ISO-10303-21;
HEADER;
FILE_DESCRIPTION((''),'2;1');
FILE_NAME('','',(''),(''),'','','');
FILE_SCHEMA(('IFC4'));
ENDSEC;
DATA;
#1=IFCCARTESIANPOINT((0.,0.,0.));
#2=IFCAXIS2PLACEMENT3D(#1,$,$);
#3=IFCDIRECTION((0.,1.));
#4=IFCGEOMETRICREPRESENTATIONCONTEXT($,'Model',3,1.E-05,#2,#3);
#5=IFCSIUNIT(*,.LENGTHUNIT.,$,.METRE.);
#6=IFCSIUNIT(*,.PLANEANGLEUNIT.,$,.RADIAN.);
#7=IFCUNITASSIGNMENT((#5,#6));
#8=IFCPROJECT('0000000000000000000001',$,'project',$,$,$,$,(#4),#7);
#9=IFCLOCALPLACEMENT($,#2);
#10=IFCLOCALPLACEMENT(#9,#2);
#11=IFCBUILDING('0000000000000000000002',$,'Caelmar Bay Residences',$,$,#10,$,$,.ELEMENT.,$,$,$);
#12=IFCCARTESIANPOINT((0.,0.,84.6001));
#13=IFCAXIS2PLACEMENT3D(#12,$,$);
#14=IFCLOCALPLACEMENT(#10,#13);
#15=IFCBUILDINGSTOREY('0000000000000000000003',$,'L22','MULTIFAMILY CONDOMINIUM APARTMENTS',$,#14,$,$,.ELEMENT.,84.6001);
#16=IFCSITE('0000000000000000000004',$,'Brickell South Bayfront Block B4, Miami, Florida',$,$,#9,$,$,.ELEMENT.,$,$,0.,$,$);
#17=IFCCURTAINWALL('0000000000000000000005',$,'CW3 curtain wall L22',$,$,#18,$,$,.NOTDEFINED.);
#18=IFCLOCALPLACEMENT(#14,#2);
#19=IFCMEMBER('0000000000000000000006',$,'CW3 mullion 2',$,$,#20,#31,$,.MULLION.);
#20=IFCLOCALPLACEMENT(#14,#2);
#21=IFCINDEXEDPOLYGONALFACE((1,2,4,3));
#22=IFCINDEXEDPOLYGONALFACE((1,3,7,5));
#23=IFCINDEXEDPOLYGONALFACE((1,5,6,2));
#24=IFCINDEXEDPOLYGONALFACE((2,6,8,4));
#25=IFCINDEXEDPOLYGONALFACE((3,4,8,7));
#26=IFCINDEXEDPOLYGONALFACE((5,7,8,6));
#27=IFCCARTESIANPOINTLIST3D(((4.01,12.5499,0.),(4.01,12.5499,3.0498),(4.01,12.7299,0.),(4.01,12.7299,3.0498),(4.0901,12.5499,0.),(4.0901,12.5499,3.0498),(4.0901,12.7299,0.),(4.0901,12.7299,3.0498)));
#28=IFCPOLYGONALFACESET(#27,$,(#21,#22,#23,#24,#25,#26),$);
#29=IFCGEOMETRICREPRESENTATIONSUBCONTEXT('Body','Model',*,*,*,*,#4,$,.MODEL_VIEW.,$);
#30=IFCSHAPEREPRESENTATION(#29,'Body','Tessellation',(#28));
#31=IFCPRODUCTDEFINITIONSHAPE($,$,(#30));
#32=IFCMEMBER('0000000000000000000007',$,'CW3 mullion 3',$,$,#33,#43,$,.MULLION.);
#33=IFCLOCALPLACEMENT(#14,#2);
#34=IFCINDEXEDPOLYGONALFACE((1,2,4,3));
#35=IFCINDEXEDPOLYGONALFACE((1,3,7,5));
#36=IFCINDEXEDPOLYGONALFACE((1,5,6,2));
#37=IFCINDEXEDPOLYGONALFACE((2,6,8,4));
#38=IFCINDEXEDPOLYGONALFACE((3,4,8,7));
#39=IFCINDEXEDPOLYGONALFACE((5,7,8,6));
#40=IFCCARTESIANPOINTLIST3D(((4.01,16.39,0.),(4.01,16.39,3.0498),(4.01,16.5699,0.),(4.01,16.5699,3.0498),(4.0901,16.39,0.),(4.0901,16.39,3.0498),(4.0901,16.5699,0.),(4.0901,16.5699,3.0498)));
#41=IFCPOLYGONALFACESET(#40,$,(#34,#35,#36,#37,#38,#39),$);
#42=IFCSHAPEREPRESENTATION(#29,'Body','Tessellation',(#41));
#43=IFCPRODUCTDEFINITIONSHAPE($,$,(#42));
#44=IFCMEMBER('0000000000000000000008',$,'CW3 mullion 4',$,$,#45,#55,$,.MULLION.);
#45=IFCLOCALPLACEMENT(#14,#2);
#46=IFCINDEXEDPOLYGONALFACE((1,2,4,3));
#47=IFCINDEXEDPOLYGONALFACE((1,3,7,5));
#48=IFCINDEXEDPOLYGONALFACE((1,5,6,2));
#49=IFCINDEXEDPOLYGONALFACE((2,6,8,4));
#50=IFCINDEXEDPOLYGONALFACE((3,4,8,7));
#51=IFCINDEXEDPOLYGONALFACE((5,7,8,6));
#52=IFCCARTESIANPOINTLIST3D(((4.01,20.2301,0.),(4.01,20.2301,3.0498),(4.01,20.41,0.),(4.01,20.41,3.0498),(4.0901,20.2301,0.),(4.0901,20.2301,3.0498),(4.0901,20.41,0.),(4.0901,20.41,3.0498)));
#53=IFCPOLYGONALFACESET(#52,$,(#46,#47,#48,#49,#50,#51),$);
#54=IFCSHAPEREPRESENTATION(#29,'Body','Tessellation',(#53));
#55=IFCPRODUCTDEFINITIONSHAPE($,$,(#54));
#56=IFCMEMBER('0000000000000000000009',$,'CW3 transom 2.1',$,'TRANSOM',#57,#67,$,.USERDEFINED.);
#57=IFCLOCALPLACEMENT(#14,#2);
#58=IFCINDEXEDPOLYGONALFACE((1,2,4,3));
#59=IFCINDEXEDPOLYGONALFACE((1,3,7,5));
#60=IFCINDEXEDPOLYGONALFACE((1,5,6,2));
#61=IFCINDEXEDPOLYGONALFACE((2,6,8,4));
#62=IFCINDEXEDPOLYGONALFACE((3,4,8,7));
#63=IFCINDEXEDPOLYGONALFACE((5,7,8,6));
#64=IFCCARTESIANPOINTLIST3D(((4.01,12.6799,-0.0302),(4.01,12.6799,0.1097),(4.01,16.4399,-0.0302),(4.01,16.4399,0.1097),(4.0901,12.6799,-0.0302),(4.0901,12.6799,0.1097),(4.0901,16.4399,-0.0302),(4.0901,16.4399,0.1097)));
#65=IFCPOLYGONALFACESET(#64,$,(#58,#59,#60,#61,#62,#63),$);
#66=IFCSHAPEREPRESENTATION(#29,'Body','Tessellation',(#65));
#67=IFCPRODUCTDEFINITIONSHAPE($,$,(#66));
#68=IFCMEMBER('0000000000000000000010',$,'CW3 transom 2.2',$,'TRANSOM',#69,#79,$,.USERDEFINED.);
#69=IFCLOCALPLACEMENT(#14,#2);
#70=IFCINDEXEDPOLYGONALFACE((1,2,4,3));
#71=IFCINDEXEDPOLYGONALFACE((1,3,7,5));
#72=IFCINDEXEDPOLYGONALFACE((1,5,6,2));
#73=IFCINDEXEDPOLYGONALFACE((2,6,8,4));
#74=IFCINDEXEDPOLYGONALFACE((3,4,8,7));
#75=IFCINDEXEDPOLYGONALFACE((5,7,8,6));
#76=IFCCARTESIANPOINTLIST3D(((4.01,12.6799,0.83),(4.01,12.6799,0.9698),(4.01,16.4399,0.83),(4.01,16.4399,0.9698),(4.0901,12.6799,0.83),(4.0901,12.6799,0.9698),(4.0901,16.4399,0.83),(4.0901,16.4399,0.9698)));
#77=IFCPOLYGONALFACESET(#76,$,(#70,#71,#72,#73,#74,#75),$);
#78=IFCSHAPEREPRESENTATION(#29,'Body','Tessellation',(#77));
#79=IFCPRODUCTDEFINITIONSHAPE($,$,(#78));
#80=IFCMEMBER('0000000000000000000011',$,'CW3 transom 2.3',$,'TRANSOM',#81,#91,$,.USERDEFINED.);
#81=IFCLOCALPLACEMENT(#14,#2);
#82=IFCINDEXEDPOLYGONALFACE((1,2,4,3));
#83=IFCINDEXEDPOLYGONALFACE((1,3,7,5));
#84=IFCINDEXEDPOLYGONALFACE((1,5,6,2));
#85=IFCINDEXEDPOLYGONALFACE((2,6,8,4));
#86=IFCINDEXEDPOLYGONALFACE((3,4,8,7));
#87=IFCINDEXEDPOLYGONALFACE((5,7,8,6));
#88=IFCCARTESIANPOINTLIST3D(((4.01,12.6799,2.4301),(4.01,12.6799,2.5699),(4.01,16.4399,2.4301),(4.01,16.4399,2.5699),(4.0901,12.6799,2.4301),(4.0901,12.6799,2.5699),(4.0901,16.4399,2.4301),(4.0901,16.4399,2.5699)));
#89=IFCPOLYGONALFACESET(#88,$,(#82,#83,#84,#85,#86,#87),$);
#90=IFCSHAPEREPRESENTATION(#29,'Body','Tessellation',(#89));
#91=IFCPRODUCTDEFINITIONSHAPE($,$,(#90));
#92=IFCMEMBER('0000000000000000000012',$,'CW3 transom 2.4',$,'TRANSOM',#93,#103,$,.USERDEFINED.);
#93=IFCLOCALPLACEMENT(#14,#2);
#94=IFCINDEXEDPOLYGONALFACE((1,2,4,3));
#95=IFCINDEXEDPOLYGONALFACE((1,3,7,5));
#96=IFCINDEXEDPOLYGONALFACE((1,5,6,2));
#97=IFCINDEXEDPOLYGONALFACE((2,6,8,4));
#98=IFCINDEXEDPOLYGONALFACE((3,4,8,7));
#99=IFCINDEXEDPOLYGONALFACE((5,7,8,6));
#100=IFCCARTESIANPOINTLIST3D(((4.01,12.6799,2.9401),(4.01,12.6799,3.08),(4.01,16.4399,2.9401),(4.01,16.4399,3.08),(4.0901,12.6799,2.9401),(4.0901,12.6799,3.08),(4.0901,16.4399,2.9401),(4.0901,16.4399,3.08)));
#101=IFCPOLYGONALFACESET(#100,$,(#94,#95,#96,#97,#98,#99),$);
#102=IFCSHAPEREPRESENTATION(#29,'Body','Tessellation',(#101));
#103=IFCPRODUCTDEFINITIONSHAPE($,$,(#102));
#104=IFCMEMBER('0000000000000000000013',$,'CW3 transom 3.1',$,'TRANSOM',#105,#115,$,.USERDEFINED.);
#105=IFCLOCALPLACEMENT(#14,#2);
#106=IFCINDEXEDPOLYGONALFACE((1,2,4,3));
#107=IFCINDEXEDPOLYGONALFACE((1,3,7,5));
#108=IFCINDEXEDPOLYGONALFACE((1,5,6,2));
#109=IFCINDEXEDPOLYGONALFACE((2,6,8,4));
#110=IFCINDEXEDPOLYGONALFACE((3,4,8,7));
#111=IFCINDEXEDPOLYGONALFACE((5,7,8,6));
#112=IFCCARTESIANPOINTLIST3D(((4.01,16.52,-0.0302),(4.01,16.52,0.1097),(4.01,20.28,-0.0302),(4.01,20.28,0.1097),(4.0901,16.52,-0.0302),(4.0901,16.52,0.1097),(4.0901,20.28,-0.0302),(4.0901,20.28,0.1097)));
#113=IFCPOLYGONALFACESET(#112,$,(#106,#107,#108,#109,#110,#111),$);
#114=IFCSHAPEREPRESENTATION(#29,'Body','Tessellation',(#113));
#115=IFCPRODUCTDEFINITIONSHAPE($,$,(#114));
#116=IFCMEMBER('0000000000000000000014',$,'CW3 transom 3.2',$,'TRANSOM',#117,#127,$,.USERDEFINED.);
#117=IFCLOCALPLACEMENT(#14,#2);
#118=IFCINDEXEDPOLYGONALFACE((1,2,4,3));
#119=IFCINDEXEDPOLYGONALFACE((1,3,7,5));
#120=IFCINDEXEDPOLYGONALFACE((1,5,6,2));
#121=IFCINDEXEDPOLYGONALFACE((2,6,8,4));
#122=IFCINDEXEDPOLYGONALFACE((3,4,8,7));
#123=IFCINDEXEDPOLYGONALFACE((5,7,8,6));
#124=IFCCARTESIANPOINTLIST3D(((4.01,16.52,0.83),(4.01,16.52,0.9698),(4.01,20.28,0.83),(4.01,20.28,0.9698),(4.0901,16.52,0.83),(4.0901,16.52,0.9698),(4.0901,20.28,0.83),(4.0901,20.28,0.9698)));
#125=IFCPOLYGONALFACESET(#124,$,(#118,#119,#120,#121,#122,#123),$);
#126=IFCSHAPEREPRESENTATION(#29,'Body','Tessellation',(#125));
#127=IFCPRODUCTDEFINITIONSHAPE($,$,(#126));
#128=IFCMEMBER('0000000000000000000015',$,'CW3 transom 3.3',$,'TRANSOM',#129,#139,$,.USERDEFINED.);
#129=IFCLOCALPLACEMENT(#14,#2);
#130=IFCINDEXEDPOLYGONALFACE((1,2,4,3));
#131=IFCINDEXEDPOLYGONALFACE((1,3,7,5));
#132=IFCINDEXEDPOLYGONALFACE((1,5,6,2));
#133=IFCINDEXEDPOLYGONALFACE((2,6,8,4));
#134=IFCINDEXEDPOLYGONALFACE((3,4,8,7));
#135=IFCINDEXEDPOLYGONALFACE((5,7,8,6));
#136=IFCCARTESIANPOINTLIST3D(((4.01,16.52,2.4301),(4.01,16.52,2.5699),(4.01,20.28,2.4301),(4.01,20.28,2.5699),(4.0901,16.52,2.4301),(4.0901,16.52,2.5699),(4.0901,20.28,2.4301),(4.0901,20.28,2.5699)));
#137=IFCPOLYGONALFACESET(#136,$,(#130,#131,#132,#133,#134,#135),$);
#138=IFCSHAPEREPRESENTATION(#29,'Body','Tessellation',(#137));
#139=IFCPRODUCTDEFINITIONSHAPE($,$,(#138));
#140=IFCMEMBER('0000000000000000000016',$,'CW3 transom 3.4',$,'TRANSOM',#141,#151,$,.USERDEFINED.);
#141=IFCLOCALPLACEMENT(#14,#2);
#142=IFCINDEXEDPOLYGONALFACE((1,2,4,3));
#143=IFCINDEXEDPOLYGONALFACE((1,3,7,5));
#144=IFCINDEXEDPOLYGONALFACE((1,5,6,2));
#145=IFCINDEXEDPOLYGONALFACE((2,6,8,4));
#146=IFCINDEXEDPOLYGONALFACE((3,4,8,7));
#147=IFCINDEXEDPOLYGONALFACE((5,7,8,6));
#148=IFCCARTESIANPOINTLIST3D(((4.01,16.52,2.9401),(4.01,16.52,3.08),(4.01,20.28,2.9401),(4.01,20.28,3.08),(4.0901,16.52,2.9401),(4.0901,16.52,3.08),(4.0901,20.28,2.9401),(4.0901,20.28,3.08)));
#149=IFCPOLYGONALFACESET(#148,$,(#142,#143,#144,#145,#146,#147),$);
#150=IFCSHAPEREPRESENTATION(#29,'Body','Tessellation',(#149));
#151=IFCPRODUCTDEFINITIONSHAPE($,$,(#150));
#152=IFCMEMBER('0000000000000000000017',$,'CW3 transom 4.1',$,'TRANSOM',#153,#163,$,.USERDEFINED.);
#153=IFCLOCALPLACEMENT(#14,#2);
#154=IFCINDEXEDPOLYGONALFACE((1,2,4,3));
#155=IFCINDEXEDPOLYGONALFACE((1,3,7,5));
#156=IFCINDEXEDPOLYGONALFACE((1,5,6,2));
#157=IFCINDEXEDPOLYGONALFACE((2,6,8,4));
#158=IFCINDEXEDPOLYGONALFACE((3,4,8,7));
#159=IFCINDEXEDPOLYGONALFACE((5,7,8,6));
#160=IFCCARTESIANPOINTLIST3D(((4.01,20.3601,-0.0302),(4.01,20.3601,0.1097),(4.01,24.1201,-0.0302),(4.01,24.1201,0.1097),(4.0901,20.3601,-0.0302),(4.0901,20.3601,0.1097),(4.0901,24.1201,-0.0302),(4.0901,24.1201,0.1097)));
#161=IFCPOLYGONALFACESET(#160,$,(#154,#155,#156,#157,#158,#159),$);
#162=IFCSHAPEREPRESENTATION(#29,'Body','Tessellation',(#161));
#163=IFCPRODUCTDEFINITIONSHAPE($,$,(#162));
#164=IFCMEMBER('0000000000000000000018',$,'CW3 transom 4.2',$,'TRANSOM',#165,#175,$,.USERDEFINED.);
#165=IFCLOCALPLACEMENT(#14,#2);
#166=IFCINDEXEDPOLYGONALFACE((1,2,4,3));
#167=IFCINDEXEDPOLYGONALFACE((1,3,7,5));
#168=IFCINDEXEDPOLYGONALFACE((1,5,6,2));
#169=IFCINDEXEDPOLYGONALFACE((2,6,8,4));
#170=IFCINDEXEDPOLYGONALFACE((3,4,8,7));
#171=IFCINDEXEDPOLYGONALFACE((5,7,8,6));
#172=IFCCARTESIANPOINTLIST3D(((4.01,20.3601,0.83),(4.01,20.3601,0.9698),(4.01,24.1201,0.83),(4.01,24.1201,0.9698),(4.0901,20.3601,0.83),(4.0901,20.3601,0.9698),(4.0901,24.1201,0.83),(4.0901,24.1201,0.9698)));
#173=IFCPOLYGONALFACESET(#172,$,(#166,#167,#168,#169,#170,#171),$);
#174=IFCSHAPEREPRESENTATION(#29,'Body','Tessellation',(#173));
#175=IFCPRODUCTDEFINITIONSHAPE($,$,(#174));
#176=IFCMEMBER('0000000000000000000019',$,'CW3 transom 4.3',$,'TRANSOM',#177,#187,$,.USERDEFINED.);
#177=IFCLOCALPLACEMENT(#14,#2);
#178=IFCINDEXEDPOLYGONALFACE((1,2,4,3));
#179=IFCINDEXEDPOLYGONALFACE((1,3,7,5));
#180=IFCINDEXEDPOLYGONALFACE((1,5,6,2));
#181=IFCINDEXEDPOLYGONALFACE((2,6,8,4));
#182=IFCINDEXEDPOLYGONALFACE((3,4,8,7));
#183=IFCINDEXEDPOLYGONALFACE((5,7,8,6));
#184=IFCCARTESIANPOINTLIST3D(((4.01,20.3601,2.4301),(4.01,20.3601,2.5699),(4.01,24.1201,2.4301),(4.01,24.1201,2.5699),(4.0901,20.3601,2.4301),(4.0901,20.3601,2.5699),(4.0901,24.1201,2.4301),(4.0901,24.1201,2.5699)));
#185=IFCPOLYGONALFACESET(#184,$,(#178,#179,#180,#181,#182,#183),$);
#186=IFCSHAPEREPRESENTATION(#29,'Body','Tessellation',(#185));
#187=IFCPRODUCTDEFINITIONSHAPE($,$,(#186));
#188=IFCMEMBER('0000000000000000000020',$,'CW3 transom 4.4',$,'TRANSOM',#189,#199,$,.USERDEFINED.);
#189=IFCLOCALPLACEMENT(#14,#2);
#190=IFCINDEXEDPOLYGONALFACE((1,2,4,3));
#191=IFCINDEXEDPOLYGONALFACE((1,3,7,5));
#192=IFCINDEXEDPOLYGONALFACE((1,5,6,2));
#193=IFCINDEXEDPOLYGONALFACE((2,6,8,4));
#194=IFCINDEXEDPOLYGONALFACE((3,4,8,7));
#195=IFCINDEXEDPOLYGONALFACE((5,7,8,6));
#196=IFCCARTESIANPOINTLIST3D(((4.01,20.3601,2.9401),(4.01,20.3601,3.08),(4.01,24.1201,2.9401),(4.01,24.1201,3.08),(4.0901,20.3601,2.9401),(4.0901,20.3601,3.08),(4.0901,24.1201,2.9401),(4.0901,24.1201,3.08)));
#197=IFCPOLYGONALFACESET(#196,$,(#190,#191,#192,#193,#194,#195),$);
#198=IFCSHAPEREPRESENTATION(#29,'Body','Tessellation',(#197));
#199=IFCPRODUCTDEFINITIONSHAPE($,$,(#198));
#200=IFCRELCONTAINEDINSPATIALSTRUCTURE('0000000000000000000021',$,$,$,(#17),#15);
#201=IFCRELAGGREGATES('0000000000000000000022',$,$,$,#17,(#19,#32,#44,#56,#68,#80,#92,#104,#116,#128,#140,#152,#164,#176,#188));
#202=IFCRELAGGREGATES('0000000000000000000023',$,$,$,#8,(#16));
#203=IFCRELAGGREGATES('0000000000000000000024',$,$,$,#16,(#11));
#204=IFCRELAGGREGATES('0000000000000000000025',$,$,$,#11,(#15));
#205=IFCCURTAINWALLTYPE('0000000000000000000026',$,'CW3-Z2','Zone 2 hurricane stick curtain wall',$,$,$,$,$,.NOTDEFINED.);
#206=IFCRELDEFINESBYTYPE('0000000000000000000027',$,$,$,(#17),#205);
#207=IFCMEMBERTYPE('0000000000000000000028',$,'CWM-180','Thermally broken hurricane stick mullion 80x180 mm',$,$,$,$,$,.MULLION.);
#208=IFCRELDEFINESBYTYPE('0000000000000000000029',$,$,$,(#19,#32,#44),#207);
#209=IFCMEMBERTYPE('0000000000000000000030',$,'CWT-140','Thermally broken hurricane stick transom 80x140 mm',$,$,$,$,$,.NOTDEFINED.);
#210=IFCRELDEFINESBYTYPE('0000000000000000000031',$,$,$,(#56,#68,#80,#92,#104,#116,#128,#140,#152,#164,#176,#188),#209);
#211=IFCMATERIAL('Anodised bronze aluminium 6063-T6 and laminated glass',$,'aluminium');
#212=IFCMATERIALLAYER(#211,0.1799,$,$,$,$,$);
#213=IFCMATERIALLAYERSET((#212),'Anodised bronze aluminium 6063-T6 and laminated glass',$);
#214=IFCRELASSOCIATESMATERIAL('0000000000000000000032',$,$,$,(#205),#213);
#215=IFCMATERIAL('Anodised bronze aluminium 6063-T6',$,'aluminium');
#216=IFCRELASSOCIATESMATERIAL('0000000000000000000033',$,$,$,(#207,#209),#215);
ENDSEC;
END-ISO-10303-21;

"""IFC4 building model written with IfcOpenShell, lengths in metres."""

from ifc_helpers import new_model, si_unit, direction, frame, origin, origin_2d, place, context, subcontext, project, spatial, rectangle, extrude, material, layer, layer_set, material_profile, profile_set, type_object, element, aggregate, save


model = new_model("IFC4")

# Units and contexts
model_context = context("Model", 3, precision=1e-05, world=origin(), true_north=direction((0.0, 1.0)))
body_context = subcontext(model_context, "Body", "Model", "MODEL_VIEW")
ifc_project = project(units=[si_unit("LENGTHUNIT", "METRE"), si_unit("PLANEANGLEUNIT", "RADIAN")], contexts=[model_context])

# Site, building, storey
site_placement = place(None, origin())
site = spatial("IfcSite", under=ifc_project, at=site_placement, Name="Brickell South Bayfront Block B4, Miami, Florida", CompositionType="ELEMENT", RefElevation=0.0)
building_placement = place(site_placement, origin())
building = spatial("IfcBuilding", under=site, at=building_placement, Name="Caelmar Bay Residences", CompositionType="ELEMENT")
storey_placement = place(building_placement, frame((0.0, 0.0, 84.6001)))
storey = spatial("IfcBuildingStorey", under=building, at=storey_placement, Name="L22", Description="MULTIFAMILY CONDOMINIUM APARTMENTS", CompositionType="ELEMENT", Elevation=84.6001)

# Curtain wall, members
ifc_material_1 = material(Name="Anodised bronze aluminium 6063-T6 and laminated glass", Category="aluminium")
ifc_layer_1 = layer(ifc_material_1, 0.1799)
ifc_layer_set_1 = layer_set([ifc_layer_1], Name="Anodised bronze aluminium 6063-T6 and laminated glass")
curtain_wall_type = type_object("IfcCurtainWallType", Name="CW3-Z2", Description="Zone 2 hurricane stick curtain wall", PredefinedType="NOTDEFINED", material=ifc_layer_set_1)
curtain_wall_placement = place(storey_placement, origin())
curtain_wall = element("IfcCurtainWall", 1, at=curtain_wall_placement, inside=storey, type_object=curtain_wall_type, Name="CW3 curtain wall L22", PredefinedType="NOTDEFINED")
ifc_material_2 = material(Name="Anodised bronze aluminium 6063-T6", Category="aluminium")
ifc_material_profile_1 = material_profile(ifc_material_2, rectangle(XDim=0.0801, YDim=0.1799, at=origin_2d()), Name="CWM-80X180")
ifc_profile_set_1 = profile_set([ifc_material_profile_1], Name="Anodised bronze aluminium 6063-T6")
member_type_1 = type_object("IfcMemberType", Name="CWM-180", Description="Thermally broken hurricane stick mullion 80x180 mm", PredefinedType="MULLION", material=ifc_profile_set_1)
member_1_placement = place(storey_placement, frame((4.05, 12.6399, 0.0), z_axis=(0.0, 0.0, 1.0), x_axis=(-1.0, 0.0, 0.0)))
member_1 = element("IfcMember", 2, at=member_1_placement, type_object=member_type_1, Name="CW3 mullion 2", PredefinedType="MULLION", context=body_context, shape_type="SweptSolid", body=[
    extrude(rectangle(XDim=0.0801, YDim=0.1799, at=origin_2d()), origin(), (0.0, 0.0, 1.0), 3.0498),
])
member_2_placement = place(storey_placement, frame((4.05, 16.48, 0.0), z_axis=(0.0, 0.0, 1.0), x_axis=(-1.0, 0.0, 0.0)))
member_2 = element("IfcMember", 3, at=member_2_placement, type_object=member_type_1, Name="CW3 mullion 3", PredefinedType="MULLION", context=body_context, shape_type="SweptSolid", body=[
    extrude(rectangle(XDim=0.0801, YDim=0.1799, at=origin_2d()), origin(), (0.0, 0.0, 1.0), 3.0498),
])
member_3_placement = place(storey_placement, frame((4.05, 20.3201, 0.0), z_axis=(0.0, 0.0, 1.0), x_axis=(-1.0, 0.0, 0.0)))
member_3 = element("IfcMember", 4, at=member_3_placement, type_object=member_type_1, Name="CW3 mullion 4", PredefinedType="MULLION", context=body_context, shape_type="SweptSolid", body=[
    extrude(rectangle(XDim=0.0801, YDim=0.1799, at=origin_2d()), origin(), (0.0, 0.0, 1.0), 3.0498),
])
ifc_material_profile_2 = material_profile(ifc_material_2, rectangle(XDim=0.0801, YDim=0.1399, at=origin_2d()), Name="CWT-80X140")
ifc_profile_set_2 = profile_set([ifc_material_profile_2], Name="Anodised bronze aluminium 6063-T6")
member_type_2 = type_object("IfcMemberType", Name="CWT-140", Description="Thermally broken hurricane stick transom 80x140 mm", PredefinedType="NOTDEFINED", material=ifc_profile_set_2)
member_4_placement = place(storey_placement, frame((4.05, 12.6799, 0.0398), z_axis=(0.0, 1.0, 0.0), x_axis=(-1.0, 0.0, 0.0)))
member_4 = element("IfcMember", 5, at=member_4_placement, type_object=member_type_2, Name="CW3 transom 2.1", ObjectType="TRANSOM", PredefinedType="USERDEFINED", context=body_context, shape_type="SweptSolid", body=[
    extrude(rectangle(XDim=0.0801, YDim=0.1399, at=origin_2d()), origin(), (0.0, 0.0, 1.0), 3.76),
])
member_5_placement = place(storey_placement, frame((4.05, 12.6799, 0.8999), z_axis=(0.0, 1.0, 0.0), x_axis=(-1.0, 0.0, 0.0)))
member_5 = element("IfcMember", 6, at=member_5_placement, type_object=member_type_2, Name="CW3 transom 2.2", ObjectType="TRANSOM", PredefinedType="USERDEFINED", context=body_context, shape_type="SweptSolid", body=[
    extrude(rectangle(XDim=0.0801, YDim=0.1399, at=origin_2d()), origin(), (0.0, 0.0, 1.0), 3.76),
])
member_6_placement = place(storey_placement, frame((4.05, 12.6799, 2.5), z_axis=(0.0, 1.0, 0.0), x_axis=(-1.0, 0.0, 0.0)))
member_6 = element("IfcMember", 7, at=member_6_placement, type_object=member_type_2, Name="CW3 transom 2.3", ObjectType="TRANSOM", PredefinedType="USERDEFINED", context=body_context, shape_type="SweptSolid", body=[
    extrude(rectangle(XDim=0.0801, YDim=0.1399, at=origin_2d()), origin(), (0.0, 0.0, 1.0), 3.76),
])
member_7_placement = place(storey_placement, frame((4.05, 12.6799, 3.01), z_axis=(0.0, 1.0, 0.0), x_axis=(-1.0, 0.0, 0.0)))
member_7 = element("IfcMember", 8, at=member_7_placement, type_object=member_type_2, Name="CW3 transom 2.4", ObjectType="TRANSOM", PredefinedType="USERDEFINED", context=body_context, shape_type="SweptSolid", body=[
    extrude(rectangle(XDim=0.0801, YDim=0.1399, at=origin_2d()), origin(), (0.0, 0.0, 1.0), 3.76),
])
member_8_placement = place(storey_placement, frame((4.05, 16.52, 0.0398), z_axis=(0.0, 1.0, 0.0), x_axis=(-1.0, 0.0, 0.0)))
member_8 = element("IfcMember", 9, at=member_8_placement, type_object=member_type_2, Name="CW3 transom 3.1", ObjectType="TRANSOM", PredefinedType="USERDEFINED", context=body_context, shape_type="SweptSolid", body=[
    extrude(rectangle(XDim=0.0801, YDim=0.1399, at=origin_2d()), origin(), (0.0, 0.0, 1.0), 3.76),
])
member_9_placement = place(storey_placement, frame((4.05, 16.52, 0.8999), z_axis=(0.0, 1.0, 0.0), x_axis=(-1.0, 0.0, 0.0)))
member_9 = element("IfcMember", 10, at=member_9_placement, type_object=member_type_2, Name="CW3 transom 3.2", ObjectType="TRANSOM", PredefinedType="USERDEFINED", context=body_context, shape_type="SweptSolid", body=[
    extrude(rectangle(XDim=0.0801, YDim=0.1399, at=origin_2d()), origin(), (0.0, 0.0, 1.0), 3.76),
])
member_10_placement = place(storey_placement, frame((4.05, 16.52, 2.5), z_axis=(0.0, 1.0, 0.0), x_axis=(-1.0, 0.0, 0.0)))
member_10 = element("IfcMember", 11, at=member_10_placement, type_object=member_type_2, Name="CW3 transom 3.3", ObjectType="TRANSOM", PredefinedType="USERDEFINED", context=body_context, shape_type="SweptSolid", body=[
    extrude(rectangle(XDim=0.0801, YDim=0.1399, at=origin_2d()), origin(), (0.0, 0.0, 1.0), 3.76),
])
member_11_placement = place(storey_placement, frame((4.05, 16.52, 3.01), z_axis=(0.0, 1.0, 0.0), x_axis=(-1.0, 0.0, 0.0)))
member_11 = element("IfcMember", 12, at=member_11_placement, type_object=member_type_2, Name="CW3 transom 3.4", ObjectType="TRANSOM", PredefinedType="USERDEFINED", context=body_context, shape_type="SweptSolid", body=[
    extrude(rectangle(XDim=0.0801, YDim=0.1399, at=origin_2d()), origin(), (0.0, 0.0, 1.0), 3.76),
])
member_12_placement = place(storey_placement, frame((4.05, 20.3601, 0.0398), z_axis=(0.0, 1.0, 0.0), x_axis=(-1.0, 0.0, 0.0)))
member_12 = element("IfcMember", 13, at=member_12_placement, type_object=member_type_2, Name="CW3 transom 4.1", ObjectType="TRANSOM", PredefinedType="USERDEFINED", context=body_context, shape_type="SweptSolid", body=[
    extrude(rectangle(XDim=0.0801, YDim=0.1399, at=origin_2d()), origin(), (0.0, 0.0, 1.0), 3.76),
])
member_13_placement = place(storey_placement, frame((4.05, 20.3601, 0.8999), z_axis=(0.0, 1.0, 0.0), x_axis=(-1.0, 0.0, 0.0)))
member_13 = element("IfcMember", 14, at=member_13_placement, type_object=member_type_2, Name="CW3 transom 4.2", ObjectType="TRANSOM", PredefinedType="USERDEFINED", context=body_context, shape_type="SweptSolid", body=[
    extrude(rectangle(XDim=0.0801, YDim=0.1399, at=origin_2d()), origin(), (0.0, 0.0, 1.0), 3.76),
])
member_14_placement = place(storey_placement, frame((4.05, 20.3601, 2.5), z_axis=(0.0, 1.0, 0.0), x_axis=(-1.0, 0.0, 0.0)))
member_14 = element("IfcMember", 15, at=member_14_placement, type_object=member_type_2, Name="CW3 transom 4.3", ObjectType="TRANSOM", PredefinedType="USERDEFINED", context=body_context, shape_type="SweptSolid", body=[
    extrude(rectangle(XDim=0.0801, YDim=0.1399, at=origin_2d()), origin(), (0.0, 0.0, 1.0), 3.76),
])
member_15_placement = place(storey_placement, frame((4.05, 20.3601, 3.01), z_axis=(0.0, 1.0, 0.0), x_axis=(-1.0, 0.0, 0.0)))
member_15 = element("IfcMember", 16, at=member_15_placement, type_object=member_type_2, Name="CW3 transom 4.4", ObjectType="TRANSOM", PredefinedType="USERDEFINED", context=body_context, shape_type="SweptSolid", body=[
    extrude(rectangle(XDim=0.0801, YDim=0.1399, at=origin_2d()), origin(), (0.0, 0.0, 1.0), 3.76),
])
aggregate(curtain_wall, [member_1, member_2, member_3, member_4, member_5, member_6, member_7, member_8, member_9, member_10, member_11, member_12, member_13, member_14, member_15])

save(model, "model.ifc")
